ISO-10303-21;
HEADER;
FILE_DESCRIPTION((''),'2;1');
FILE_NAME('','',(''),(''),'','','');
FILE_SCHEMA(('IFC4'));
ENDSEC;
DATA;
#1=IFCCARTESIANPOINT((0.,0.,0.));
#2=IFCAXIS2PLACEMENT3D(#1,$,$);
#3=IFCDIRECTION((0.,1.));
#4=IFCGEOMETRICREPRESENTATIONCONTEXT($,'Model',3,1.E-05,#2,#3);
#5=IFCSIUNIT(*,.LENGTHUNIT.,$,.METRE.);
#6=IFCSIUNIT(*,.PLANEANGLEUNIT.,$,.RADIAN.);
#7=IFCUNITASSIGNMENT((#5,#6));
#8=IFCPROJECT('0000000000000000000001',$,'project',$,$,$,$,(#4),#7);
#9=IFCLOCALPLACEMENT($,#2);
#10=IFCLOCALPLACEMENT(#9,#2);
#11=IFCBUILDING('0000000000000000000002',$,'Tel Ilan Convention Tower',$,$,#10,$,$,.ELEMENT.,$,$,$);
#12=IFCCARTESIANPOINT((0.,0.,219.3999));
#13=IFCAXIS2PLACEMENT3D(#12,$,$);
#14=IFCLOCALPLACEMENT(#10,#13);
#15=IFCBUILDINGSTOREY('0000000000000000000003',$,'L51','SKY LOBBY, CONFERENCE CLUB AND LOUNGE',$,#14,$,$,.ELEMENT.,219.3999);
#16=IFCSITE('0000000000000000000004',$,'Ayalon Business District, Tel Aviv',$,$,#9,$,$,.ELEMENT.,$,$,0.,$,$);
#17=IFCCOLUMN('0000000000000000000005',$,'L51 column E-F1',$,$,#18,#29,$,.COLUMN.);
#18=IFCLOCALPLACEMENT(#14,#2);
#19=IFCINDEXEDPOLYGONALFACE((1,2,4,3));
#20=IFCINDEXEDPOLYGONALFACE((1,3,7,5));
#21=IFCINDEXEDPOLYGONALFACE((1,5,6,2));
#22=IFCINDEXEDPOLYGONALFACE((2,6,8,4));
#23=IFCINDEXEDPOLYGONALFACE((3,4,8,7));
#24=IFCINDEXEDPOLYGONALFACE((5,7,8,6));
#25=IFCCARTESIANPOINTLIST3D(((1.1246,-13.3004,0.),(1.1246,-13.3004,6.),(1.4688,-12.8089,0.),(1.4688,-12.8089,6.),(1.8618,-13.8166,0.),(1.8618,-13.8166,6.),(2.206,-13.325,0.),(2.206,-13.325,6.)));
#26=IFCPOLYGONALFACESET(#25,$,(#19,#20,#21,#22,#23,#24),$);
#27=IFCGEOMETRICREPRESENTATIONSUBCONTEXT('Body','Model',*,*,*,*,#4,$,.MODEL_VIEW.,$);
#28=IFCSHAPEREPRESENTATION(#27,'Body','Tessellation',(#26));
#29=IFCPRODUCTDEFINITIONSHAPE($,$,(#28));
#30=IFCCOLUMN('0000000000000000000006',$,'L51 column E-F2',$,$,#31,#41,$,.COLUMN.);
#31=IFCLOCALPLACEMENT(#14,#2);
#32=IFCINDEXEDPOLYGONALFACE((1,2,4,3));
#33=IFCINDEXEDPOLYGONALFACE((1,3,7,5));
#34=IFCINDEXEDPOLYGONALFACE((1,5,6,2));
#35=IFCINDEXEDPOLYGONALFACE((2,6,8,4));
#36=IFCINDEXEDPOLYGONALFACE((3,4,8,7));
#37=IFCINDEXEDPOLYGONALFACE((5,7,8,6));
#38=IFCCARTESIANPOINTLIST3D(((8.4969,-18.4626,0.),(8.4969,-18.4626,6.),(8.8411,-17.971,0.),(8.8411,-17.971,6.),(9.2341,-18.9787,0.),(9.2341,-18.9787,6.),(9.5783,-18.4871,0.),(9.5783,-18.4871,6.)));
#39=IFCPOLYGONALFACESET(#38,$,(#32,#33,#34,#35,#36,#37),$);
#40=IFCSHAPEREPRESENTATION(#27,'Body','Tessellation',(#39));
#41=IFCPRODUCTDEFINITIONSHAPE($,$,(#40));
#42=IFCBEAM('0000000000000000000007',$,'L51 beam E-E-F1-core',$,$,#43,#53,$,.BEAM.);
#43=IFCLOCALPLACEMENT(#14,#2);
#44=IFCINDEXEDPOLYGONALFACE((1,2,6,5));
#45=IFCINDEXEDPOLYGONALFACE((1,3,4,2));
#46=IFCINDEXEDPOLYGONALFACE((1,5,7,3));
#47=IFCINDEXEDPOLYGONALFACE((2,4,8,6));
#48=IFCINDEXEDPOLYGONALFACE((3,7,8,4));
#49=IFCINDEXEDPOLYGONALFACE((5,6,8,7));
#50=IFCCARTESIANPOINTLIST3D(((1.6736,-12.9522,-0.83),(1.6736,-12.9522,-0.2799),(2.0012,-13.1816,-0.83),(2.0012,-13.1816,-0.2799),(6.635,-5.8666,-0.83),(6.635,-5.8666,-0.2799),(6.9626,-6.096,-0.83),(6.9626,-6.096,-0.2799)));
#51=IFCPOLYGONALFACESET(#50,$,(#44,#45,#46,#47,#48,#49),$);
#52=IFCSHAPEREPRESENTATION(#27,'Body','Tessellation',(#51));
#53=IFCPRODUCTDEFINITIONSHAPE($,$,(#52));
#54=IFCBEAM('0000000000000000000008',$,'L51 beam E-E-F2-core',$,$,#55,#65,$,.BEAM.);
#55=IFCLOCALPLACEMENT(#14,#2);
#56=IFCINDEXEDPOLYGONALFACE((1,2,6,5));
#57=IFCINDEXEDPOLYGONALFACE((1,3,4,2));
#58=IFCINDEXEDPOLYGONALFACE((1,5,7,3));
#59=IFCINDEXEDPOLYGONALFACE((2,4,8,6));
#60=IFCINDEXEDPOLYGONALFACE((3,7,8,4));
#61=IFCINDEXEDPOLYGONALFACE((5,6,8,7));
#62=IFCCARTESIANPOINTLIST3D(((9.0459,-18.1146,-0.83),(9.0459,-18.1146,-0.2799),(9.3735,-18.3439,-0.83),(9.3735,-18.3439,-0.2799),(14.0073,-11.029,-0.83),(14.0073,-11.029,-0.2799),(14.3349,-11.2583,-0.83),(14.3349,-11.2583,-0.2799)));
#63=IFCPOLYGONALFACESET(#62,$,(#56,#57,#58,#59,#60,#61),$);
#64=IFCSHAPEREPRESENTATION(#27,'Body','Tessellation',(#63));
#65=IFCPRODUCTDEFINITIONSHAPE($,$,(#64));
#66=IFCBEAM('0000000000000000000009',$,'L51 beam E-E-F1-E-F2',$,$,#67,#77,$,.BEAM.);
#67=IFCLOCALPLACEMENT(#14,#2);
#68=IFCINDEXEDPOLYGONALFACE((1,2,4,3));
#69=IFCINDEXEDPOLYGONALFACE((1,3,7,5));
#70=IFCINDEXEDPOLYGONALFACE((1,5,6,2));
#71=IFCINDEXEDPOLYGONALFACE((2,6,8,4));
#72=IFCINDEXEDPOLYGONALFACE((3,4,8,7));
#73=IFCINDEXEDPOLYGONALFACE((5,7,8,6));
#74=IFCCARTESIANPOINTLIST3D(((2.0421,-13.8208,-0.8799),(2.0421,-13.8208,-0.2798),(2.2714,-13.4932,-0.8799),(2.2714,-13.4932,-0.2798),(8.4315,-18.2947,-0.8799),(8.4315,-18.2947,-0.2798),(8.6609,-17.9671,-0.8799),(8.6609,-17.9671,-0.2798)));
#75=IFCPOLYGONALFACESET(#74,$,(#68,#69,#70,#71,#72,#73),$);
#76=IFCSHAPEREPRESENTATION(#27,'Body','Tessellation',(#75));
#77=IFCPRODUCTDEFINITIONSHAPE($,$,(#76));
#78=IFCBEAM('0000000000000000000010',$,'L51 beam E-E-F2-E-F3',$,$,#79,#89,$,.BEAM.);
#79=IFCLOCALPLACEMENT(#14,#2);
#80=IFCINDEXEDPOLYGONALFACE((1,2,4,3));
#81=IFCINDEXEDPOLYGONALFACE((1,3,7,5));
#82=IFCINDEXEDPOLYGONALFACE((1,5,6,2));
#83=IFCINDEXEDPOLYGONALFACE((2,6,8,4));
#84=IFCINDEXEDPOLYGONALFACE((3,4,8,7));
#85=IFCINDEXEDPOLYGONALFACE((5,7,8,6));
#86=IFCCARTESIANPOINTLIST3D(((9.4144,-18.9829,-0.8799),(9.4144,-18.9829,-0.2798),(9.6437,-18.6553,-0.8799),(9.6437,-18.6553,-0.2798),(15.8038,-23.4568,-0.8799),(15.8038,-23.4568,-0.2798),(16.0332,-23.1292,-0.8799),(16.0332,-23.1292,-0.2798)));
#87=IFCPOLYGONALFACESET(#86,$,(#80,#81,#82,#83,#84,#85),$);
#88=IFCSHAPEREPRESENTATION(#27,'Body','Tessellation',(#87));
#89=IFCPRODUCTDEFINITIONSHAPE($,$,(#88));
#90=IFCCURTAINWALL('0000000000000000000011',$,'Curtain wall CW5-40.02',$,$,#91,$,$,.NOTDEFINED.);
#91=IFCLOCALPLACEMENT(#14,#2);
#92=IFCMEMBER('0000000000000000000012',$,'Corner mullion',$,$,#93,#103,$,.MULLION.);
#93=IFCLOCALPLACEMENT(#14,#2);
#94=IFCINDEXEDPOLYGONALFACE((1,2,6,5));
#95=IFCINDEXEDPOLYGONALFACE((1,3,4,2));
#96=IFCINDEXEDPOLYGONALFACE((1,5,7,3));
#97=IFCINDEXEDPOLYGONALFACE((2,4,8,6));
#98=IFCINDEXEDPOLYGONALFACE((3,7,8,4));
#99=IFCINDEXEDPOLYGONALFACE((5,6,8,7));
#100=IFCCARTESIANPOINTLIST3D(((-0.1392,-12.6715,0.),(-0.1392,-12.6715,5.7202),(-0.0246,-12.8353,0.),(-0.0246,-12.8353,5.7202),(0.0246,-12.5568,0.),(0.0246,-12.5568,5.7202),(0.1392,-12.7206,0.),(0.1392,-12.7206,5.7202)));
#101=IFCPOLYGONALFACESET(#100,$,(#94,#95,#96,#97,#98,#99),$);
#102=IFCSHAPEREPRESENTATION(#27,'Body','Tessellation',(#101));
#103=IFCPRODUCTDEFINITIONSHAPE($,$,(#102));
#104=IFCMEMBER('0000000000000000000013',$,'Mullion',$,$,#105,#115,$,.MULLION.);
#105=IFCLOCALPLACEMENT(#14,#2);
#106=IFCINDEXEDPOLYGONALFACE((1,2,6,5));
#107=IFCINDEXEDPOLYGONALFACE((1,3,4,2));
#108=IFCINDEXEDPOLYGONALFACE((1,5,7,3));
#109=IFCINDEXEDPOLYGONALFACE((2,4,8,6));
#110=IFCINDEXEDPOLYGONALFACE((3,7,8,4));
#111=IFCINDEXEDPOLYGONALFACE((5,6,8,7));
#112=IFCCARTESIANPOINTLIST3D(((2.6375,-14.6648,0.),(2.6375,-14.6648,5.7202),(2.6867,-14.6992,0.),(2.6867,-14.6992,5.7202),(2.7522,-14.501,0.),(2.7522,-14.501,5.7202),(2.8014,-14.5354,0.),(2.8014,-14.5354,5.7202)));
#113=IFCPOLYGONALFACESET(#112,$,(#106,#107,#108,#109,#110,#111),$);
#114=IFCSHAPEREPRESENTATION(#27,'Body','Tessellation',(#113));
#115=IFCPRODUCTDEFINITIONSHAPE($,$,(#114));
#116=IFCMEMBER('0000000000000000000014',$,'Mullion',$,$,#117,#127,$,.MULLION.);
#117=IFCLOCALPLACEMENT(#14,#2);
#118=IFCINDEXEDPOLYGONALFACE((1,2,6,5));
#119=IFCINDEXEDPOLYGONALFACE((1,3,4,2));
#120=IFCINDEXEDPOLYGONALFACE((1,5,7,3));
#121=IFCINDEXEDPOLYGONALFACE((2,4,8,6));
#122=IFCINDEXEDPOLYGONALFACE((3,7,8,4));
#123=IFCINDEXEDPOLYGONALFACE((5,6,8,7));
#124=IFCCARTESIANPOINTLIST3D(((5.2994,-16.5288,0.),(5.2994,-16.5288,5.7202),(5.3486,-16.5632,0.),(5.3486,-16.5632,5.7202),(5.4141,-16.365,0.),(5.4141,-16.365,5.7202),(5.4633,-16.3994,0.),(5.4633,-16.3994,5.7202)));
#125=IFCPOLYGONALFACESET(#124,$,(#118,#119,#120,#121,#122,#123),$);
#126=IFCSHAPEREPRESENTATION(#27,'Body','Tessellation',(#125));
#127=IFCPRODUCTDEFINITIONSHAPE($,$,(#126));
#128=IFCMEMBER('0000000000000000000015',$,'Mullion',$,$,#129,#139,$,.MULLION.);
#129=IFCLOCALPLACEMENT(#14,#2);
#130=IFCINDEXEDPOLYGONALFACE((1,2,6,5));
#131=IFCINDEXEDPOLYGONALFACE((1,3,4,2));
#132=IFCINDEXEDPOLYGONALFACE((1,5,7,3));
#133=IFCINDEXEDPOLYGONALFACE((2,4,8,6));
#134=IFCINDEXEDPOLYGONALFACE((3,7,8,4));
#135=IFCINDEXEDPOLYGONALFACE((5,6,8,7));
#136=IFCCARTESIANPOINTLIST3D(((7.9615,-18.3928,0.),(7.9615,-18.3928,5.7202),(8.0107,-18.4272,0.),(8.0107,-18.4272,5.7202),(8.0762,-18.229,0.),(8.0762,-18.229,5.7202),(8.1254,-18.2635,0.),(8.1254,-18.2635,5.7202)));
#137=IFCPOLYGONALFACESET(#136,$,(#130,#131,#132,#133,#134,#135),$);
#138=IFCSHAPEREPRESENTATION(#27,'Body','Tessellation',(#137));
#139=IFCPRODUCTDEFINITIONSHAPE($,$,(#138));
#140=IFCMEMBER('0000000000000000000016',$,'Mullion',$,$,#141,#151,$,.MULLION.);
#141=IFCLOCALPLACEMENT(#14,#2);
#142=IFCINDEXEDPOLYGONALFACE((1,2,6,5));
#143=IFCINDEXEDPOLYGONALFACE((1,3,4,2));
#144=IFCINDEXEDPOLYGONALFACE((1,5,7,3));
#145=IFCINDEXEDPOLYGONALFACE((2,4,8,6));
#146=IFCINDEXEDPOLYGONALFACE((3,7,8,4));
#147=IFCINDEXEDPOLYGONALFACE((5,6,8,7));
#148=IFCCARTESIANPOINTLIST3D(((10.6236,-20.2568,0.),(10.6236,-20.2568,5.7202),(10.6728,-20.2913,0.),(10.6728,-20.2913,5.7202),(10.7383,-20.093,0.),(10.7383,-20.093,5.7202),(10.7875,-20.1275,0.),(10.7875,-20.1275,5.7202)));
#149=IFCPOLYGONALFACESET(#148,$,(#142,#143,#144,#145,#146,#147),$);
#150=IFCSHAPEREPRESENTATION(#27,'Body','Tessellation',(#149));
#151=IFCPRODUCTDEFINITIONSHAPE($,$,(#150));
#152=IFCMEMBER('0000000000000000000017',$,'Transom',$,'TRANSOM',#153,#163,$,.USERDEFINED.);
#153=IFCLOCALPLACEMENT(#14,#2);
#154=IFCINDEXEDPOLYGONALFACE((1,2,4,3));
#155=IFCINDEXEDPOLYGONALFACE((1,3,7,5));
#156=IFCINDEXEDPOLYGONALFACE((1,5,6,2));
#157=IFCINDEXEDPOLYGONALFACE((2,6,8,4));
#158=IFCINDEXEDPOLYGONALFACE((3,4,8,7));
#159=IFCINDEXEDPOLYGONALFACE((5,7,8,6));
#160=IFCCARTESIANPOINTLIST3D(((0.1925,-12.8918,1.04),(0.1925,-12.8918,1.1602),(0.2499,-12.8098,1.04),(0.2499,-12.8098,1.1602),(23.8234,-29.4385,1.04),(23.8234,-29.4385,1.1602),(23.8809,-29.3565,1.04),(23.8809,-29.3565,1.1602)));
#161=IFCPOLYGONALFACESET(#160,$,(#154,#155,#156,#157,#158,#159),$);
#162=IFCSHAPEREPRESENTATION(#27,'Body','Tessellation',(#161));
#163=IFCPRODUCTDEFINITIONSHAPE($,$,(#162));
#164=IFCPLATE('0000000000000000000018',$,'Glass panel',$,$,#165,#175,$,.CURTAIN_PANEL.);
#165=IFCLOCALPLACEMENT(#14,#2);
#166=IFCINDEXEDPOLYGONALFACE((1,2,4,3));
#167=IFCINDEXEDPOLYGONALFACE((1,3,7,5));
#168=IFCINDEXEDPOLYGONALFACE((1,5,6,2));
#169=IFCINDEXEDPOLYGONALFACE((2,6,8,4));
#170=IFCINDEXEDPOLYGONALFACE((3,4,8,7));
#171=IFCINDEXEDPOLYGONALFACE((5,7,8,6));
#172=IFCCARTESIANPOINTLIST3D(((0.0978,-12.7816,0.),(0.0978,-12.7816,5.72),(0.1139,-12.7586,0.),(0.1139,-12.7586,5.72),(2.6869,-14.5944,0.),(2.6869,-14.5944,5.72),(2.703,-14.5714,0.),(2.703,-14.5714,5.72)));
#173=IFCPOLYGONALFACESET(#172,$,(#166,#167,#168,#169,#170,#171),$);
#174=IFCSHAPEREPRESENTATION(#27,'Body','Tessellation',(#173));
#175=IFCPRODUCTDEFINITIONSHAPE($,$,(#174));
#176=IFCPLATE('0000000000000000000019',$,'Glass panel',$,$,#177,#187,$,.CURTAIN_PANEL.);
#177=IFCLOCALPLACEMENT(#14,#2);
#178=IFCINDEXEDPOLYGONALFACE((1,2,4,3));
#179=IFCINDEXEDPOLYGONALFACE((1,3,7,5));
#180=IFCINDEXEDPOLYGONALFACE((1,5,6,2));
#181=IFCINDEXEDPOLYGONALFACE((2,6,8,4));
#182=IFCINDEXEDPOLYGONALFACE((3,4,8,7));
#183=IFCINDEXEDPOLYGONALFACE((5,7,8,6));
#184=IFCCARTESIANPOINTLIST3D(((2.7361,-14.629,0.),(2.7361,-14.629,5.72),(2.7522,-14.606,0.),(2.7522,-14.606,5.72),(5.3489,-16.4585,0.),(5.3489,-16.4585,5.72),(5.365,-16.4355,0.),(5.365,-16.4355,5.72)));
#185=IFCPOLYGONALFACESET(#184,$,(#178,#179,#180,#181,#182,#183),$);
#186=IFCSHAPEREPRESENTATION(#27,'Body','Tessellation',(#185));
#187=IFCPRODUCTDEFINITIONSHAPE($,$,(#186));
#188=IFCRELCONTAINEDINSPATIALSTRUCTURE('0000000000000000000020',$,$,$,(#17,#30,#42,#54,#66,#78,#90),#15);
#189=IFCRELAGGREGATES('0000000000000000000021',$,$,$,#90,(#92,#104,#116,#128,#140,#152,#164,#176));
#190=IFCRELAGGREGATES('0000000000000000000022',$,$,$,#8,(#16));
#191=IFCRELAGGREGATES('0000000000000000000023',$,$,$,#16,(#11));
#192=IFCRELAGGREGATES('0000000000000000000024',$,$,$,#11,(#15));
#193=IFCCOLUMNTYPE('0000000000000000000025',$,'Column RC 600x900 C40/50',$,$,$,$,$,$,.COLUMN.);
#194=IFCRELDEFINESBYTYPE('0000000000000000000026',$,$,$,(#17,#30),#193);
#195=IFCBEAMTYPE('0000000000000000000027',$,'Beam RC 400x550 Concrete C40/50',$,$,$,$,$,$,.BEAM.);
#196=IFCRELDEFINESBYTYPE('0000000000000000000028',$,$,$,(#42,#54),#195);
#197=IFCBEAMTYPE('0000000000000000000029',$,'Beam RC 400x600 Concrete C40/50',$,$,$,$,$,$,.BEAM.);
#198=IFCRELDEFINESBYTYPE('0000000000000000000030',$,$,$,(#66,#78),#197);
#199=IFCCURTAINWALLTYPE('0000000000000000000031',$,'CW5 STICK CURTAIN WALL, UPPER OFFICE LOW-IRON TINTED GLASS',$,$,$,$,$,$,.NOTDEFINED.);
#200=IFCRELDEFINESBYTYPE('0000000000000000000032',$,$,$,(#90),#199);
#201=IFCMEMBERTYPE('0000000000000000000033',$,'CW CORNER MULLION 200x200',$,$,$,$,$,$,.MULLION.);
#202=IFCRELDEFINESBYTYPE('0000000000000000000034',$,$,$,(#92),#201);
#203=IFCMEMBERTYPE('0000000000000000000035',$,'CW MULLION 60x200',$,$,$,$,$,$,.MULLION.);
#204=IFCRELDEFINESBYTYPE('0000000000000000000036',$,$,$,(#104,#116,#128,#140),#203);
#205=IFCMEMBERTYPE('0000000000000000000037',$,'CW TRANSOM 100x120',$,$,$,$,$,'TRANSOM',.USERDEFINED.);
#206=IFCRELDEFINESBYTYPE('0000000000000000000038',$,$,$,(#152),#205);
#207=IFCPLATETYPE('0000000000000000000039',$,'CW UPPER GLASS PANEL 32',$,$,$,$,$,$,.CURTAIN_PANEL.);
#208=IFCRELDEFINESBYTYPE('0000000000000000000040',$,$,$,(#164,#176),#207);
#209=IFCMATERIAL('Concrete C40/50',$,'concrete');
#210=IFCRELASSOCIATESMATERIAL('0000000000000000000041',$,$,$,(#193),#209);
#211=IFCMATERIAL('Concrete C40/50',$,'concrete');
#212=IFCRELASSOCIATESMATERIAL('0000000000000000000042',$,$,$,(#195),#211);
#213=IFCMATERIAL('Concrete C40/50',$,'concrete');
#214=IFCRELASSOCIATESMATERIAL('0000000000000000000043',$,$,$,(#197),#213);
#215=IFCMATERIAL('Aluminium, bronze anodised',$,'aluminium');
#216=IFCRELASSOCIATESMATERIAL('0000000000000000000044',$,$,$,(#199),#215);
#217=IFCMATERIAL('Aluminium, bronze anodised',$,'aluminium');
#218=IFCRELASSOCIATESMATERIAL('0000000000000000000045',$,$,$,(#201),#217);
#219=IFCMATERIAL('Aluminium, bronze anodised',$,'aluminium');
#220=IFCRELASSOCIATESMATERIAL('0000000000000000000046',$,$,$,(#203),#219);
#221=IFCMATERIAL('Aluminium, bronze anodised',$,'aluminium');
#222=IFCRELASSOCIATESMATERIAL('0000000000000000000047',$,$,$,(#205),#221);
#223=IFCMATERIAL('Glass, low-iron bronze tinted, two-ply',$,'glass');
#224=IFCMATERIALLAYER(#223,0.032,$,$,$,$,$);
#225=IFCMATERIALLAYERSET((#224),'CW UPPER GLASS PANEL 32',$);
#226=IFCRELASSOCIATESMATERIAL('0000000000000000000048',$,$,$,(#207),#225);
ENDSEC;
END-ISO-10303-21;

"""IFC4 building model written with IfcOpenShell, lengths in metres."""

from ifc_helpers import new_model, si_unit, direction, frame, origin, origin_2d, place, context, subcontext, project, spatial, rectangle, extrude, material, layer, layer_set, material_profile, profile_set, type_object, element, aggregate, save


model = new_model("IFC4")

# Units and contexts
model_context = context("Model", 3, precision=1e-05, world=origin(), true_north=direction((0.0, 1.0)))
body_context = subcontext(model_context, "Body", "Model", "MODEL_VIEW")
ifc_project = project(units=[si_unit("LENGTHUNIT", "METRE"), si_unit("PLANEANGLEUNIT", "RADIAN")], contexts=[model_context])

# Site, building, storey
site_placement = place(None, origin())
site = spatial("IfcSite", under=ifc_project, at=site_placement, Name="Ayalon Business District, Tel Aviv", CompositionType="ELEMENT", RefElevation=0.0)
building_placement = place(site_placement, origin())
building = spatial("IfcBuilding", under=site, at=building_placement, Name="Tel Ilan Convention Tower", CompositionType="ELEMENT")
storey_placement = place(building_placement, frame((0.0, 0.0, 219.3999)))
storey = spatial("IfcBuildingStorey", under=building, at=storey_placement, Name="L51", Description="SKY LOBBY, CONFERENCE CLUB AND LOUNGE", CompositionType="ELEMENT", Elevation=219.3999)

# Columns
ifc_material_1 = material(Name="Concrete C40/50", Category="concrete")
ifc_material_profile_1 = material_profile(ifc_material_1, rectangle(XDim=0.8999, YDim=0.6001, at=origin_2d()), Name="RC 600x900")
ifc_profile_set_1 = profile_set([ifc_material_profile_1], Name="Concrete C40/50")
column_type = type_object("IfcColumnType", Name="Column RC 600x900 C40/50", PredefinedType="COLUMN", material=ifc_profile_set_1)
for number, where, z_axis, x_axis, name in (
    (1, (1.6653, -13.3127, 0.0), (0.0, 0.0, 1.0), (0.819152, -0.573576, 0.0), "L51 column E-F1"),
    (2, (9.0376, -18.4749, 0.0), (0.0, 0.0, 1.0), (0.819152, -0.573576, 0.0), "L51 column E-F2"),
):
    element("IfcColumn", number, at=place(storey_placement, frame(where, z_axis=z_axis, x_axis=x_axis)), inside=storey, type_object=column_type, Name=name, PredefinedType="COLUMN", context=body_context, shape_type="SweptSolid", body=[
        extrude(rectangle(XDim=0.8999, YDim=0.6001, at=origin_2d()), origin(), (0.0, 0.0, 1.0), 6.0),
    ])

# Beams
ifc_material_2 = material(Name="Concrete C40/50", Category="concrete")
ifc_material_profile_2 = material_profile(ifc_material_2, rectangle(XDim=0.3999, YDim=0.55, at=origin_2d()), Name="RC 400x550")
ifc_profile_set_2 = profile_set([ifc_material_profile_2], Name="Concrete C40/50")
beam_type_1 = type_object("IfcBeamType", Name="Beam RC 400x550 Concrete C40/50", PredefinedType="BEAM", material=ifc_profile_set_2)
for number, where, z_axis, x_axis, name in (
    (3, (1.8374, -13.0669, -0.5549), (0.573574, 0.819154, 0.0), (-0.819154, 0.573574, 0.0), "L51 beam E-E-F1-core"),
    (4, (9.2097, -18.2292, -0.5549), (0.573574, 0.819154, 0.0), (-0.819154, 0.573574, 0.0), "L51 beam E-E-F2-core"),
):
    element("IfcBeam", number, at=place(storey_placement, frame(where, z_axis=z_axis, x_axis=x_axis)), inside=storey, type_object=beam_type_1, Name=name, PredefinedType="BEAM", context=body_context, shape_type="SweptSolid", body=[
        extrude(rectangle(XDim=0.3999, YDim=0.55, at=origin_2d()), origin(), (0.0, 0.0, 1.0), 8.6499),
    ])
ifc_material_3 = material(Name="Concrete C40/50", Category="concrete")
ifc_material_profile_3 = material_profile(ifc_material_3, rectangle(XDim=0.3999, YDim=0.6001, at=origin_2d()), Name="RC 400x600")
ifc_profile_set_3 = profile_set([ifc_material_profile_3], Name="Concrete C40/50")
beam_type_2 = type_object("IfcBeamType", Name="Beam RC 400x600 Concrete C40/50", PredefinedType="BEAM", material=ifc_profile_set_3)
for number, where, z_axis, x_axis, name in (
    (5, (2.1567, -13.657, -0.5798), (0.819154, -0.573574, 0.0), (0.573574, 0.819154, 0.0), "L51 beam E-E-F1-E-F2"),
    (6, (9.5291, -18.8191, -0.5798), (0.819154, -0.573574, 0.0), (0.573574, 0.819154, 0.0), "L51 beam E-E-F2-E-F3"),
):
    element("IfcBeam", number, at=place(storey_placement, frame(where, z_axis=z_axis, x_axis=x_axis)), inside=storey, type_object=beam_type_2, Name=name, PredefinedType="BEAM", context=body_context, shape_type="SweptSolid", body=[
        extrude(rectangle(XDim=0.3999, YDim=0.6001, at=origin_2d()), origin(), (0.0, 0.0, 1.0), 7.8),
    ])

# Curtain wall, members, plates
ifc_material_4 = material(Name="Aluminium, bronze anodised", Category="aluminium")
curtain_wall_type = type_object("IfcCurtainWallType", Name="CW5 STICK CURTAIN WALL, UPPER OFFICE LOW-IRON TINTED GLASS", PredefinedType="NOTDEFINED", material=ifc_material_4)
curtain_wall_placement = place(storey_placement, origin())
curtain_wall = element("IfcCurtainWall", 7, at=curtain_wall_placement, inside=storey, type_object=curtain_wall_type, Name="Curtain wall CW5-40.02", PredefinedType="NOTDEFINED")
ifc_material_5 = material(Name="Aluminium, bronze anodised", Category="aluminium")
ifc_material_profile_4 = material_profile(ifc_material_5, rectangle(XDim=0.2, YDim=0.2, at=origin_2d()), Name="CW CORNER MULLION 200x200")
ifc_profile_set_4 = profile_set([ifc_material_profile_4], Name="Aluminium, bronze anodised")
member_type_1 = type_object("IfcMemberType", Name="CW CORNER MULLION 200x200", PredefinedType="MULLION", material=ifc_profile_set_4)
member_1_placement = place(storey_placement, frame((0.0, -12.696, 0.0), z_axis=(0.0, 0.0, 1.0), x_axis=(0.819152, 0.573576, 0.0)))
member_1 = element("IfcMember", 8, at=member_1_placement, type_object=member_type_1, Name="Corner mullion", PredefinedType="MULLION", context=body_context, shape_type="SweptSolid", body=[
    extrude(rectangle(XDim=0.2, YDim=0.2, at=origin_2d()), origin(), (0.0, 0.0, 1.0), 5.7202),
])
ifc_material_6 = material(Name="Aluminium, bronze anodised", Category="aluminium")
ifc_material_profile_5 = material_profile(ifc_material_6, rectangle(XDim=0.0601, YDim=0.2, at=origin_2d()), Name="CW MULLION 60x200")
ifc_profile_set_5 = profile_set([ifc_material_profile_5], Name="Aluminium, bronze anodised")
member_type_2 = type_object("IfcMemberType", Name="CW MULLION 60x200", PredefinedType="MULLION", material=ifc_profile_set_5)
member_2_placement = place(storey_placement, frame((2.7195, -14.6001, 0.0), z_axis=(0.0, 0.0, 1.0), x_axis=(0.819152, -0.573576, 0.0)))
member_2 = element("IfcMember", 9, at=member_2_placement, type_object=member_type_2, Name="Mullion", PredefinedType="MULLION", context=body_context, shape_type="SweptSolid", body=[
    extrude(rectangle(XDim=0.0601, YDim=0.2, at=origin_2d()), origin(), (0.0, 0.0, 1.0), 5.7202),
])
member_3_placement = place(storey_placement, frame((5.3813, -16.4641, 0.0), z_axis=(0.0, 0.0, 1.0), x_axis=(0.819152, -0.573576, 0.0)))
member_3 = element("IfcMember", 10, at=member_3_placement, type_object=member_type_2, Name="Mullion", PredefinedType="MULLION", context=body_context, shape_type="SweptSolid", body=[
    extrude(rectangle(XDim=0.0601, YDim=0.2, at=origin_2d()), origin(), (0.0, 0.0, 1.0), 5.7202),
])
member_4_placement = place(storey_placement, frame((8.0435, -18.3281, 0.0), z_axis=(0.0, 0.0, 1.0), x_axis=(0.819152, -0.573576, 0.0)))
member_4 = element("IfcMember", 11, at=member_4_placement, type_object=member_type_2, Name="Mullion", PredefinedType="MULLION", context=body_context, shape_type="SweptSolid", body=[
    extrude(rectangle(XDim=0.0601, YDim=0.2, at=origin_2d()), origin(), (0.0, 0.0, 1.0), 5.7202),
])
member_5_placement = place(storey_placement, frame((10.7056, -20.1921, 0.0), z_axis=(0.0, 0.0, 1.0), x_axis=(0.819152, -0.573576, 0.0)))
member_5 = element("IfcMember", 12, at=member_5_placement, type_object=member_type_2, Name="Mullion", PredefinedType="MULLION", context=body_context, shape_type="SweptSolid", body=[
    extrude(rectangle(XDim=0.0601, YDim=0.2, at=origin_2d()), origin(), (0.0, 0.0, 1.0), 5.7202),
])
ifc_material_7 = material(Name="Aluminium, bronze anodised", Category="aluminium")
ifc_material_profile_6 = material_profile(ifc_material_7, rectangle(XDim=0.1001, YDim=0.1201, at=origin_2d()), Name="CW TRANSOM 100x120")
ifc_profile_set_6 = profile_set([ifc_material_profile_6], Name="Aluminium, bronze anodised")
member_type_3 = type_object("IfcMemberType", Name="CW TRANSOM 100x120", ElementType="TRANSOM", PredefinedType="USERDEFINED", material=ifc_profile_set_6)
member_6_placement = place(storey_placement, frame((0.2212, -12.8508, 1.1001), z_axis=(0.81915, -0.573579, 0.0), x_axis=(0.573579, 0.81915, 0.0)))
member_6 = element("IfcMember", 13, at=member_6_placement, type_object=member_type_3, Name="Transom", ObjectType="TRANSOM", PredefinedType="USERDEFINED", context=body_context, shape_type="SweptSolid", body=[
    extrude(rectangle(XDim=0.1001, YDim=0.1201, at=origin_2d()), origin(), (0.0, 0.0, 1.0), 28.8481),
])
ifc_material_8 = material(Name="Glass, low-iron bronze tinted, two-ply", Category="glass")
ifc_layer_1 = layer(ifc_material_8, 0.032)
ifc_layer_set_1 = layer_set([ifc_layer_1], Name="CW UPPER GLASS PANEL 32")
plate_type = type_object("IfcPlateType", Name="CW UPPER GLASS PANEL 32", PredefinedType="CURTAIN_PANEL", material=ifc_layer_set_1)
plate_1_placement = place(storey_placement, frame((1.4004, -13.6765, 0.0), z_axis=(0.0, 0.0, 1.0), x_axis=(0.819152, -0.573576, 0.0)))
plate_1 = element("IfcPlate", 14, at=plate_1_placement, type_object=plate_type, Name="Glass panel", PredefinedType="CURTAIN_PANEL", context=body_context, shape_type="SweptSolid", body=[
    extrude(rectangle(XDim=3.1606, YDim=0.0281, at=origin_2d()), origin(), (0.0, 0.0, 1.0), 5.72),
])
plate_2_placement = place(storey_placement, frame((4.0505, -15.5322, 0.0), z_axis=(0.0, 0.0, 1.0), x_axis=(0.819152, -0.573576, 0.0)))
plate_2 = element("IfcPlate", 15, at=plate_2_placement, type_object=plate_type, Name="Glass panel", PredefinedType="CURTAIN_PANEL", context=body_context, shape_type="SweptSolid", body=[
    extrude(rectangle(XDim=3.1897, YDim=0.0281, at=origin_2d()), origin(), (0.0, 0.0, 1.0), 5.72),
])
aggregate(curtain_wall, [member_1, member_2, member_3, member_4, member_5, member_6, plate_1, plate_2])

save(model, "model.ifc")
